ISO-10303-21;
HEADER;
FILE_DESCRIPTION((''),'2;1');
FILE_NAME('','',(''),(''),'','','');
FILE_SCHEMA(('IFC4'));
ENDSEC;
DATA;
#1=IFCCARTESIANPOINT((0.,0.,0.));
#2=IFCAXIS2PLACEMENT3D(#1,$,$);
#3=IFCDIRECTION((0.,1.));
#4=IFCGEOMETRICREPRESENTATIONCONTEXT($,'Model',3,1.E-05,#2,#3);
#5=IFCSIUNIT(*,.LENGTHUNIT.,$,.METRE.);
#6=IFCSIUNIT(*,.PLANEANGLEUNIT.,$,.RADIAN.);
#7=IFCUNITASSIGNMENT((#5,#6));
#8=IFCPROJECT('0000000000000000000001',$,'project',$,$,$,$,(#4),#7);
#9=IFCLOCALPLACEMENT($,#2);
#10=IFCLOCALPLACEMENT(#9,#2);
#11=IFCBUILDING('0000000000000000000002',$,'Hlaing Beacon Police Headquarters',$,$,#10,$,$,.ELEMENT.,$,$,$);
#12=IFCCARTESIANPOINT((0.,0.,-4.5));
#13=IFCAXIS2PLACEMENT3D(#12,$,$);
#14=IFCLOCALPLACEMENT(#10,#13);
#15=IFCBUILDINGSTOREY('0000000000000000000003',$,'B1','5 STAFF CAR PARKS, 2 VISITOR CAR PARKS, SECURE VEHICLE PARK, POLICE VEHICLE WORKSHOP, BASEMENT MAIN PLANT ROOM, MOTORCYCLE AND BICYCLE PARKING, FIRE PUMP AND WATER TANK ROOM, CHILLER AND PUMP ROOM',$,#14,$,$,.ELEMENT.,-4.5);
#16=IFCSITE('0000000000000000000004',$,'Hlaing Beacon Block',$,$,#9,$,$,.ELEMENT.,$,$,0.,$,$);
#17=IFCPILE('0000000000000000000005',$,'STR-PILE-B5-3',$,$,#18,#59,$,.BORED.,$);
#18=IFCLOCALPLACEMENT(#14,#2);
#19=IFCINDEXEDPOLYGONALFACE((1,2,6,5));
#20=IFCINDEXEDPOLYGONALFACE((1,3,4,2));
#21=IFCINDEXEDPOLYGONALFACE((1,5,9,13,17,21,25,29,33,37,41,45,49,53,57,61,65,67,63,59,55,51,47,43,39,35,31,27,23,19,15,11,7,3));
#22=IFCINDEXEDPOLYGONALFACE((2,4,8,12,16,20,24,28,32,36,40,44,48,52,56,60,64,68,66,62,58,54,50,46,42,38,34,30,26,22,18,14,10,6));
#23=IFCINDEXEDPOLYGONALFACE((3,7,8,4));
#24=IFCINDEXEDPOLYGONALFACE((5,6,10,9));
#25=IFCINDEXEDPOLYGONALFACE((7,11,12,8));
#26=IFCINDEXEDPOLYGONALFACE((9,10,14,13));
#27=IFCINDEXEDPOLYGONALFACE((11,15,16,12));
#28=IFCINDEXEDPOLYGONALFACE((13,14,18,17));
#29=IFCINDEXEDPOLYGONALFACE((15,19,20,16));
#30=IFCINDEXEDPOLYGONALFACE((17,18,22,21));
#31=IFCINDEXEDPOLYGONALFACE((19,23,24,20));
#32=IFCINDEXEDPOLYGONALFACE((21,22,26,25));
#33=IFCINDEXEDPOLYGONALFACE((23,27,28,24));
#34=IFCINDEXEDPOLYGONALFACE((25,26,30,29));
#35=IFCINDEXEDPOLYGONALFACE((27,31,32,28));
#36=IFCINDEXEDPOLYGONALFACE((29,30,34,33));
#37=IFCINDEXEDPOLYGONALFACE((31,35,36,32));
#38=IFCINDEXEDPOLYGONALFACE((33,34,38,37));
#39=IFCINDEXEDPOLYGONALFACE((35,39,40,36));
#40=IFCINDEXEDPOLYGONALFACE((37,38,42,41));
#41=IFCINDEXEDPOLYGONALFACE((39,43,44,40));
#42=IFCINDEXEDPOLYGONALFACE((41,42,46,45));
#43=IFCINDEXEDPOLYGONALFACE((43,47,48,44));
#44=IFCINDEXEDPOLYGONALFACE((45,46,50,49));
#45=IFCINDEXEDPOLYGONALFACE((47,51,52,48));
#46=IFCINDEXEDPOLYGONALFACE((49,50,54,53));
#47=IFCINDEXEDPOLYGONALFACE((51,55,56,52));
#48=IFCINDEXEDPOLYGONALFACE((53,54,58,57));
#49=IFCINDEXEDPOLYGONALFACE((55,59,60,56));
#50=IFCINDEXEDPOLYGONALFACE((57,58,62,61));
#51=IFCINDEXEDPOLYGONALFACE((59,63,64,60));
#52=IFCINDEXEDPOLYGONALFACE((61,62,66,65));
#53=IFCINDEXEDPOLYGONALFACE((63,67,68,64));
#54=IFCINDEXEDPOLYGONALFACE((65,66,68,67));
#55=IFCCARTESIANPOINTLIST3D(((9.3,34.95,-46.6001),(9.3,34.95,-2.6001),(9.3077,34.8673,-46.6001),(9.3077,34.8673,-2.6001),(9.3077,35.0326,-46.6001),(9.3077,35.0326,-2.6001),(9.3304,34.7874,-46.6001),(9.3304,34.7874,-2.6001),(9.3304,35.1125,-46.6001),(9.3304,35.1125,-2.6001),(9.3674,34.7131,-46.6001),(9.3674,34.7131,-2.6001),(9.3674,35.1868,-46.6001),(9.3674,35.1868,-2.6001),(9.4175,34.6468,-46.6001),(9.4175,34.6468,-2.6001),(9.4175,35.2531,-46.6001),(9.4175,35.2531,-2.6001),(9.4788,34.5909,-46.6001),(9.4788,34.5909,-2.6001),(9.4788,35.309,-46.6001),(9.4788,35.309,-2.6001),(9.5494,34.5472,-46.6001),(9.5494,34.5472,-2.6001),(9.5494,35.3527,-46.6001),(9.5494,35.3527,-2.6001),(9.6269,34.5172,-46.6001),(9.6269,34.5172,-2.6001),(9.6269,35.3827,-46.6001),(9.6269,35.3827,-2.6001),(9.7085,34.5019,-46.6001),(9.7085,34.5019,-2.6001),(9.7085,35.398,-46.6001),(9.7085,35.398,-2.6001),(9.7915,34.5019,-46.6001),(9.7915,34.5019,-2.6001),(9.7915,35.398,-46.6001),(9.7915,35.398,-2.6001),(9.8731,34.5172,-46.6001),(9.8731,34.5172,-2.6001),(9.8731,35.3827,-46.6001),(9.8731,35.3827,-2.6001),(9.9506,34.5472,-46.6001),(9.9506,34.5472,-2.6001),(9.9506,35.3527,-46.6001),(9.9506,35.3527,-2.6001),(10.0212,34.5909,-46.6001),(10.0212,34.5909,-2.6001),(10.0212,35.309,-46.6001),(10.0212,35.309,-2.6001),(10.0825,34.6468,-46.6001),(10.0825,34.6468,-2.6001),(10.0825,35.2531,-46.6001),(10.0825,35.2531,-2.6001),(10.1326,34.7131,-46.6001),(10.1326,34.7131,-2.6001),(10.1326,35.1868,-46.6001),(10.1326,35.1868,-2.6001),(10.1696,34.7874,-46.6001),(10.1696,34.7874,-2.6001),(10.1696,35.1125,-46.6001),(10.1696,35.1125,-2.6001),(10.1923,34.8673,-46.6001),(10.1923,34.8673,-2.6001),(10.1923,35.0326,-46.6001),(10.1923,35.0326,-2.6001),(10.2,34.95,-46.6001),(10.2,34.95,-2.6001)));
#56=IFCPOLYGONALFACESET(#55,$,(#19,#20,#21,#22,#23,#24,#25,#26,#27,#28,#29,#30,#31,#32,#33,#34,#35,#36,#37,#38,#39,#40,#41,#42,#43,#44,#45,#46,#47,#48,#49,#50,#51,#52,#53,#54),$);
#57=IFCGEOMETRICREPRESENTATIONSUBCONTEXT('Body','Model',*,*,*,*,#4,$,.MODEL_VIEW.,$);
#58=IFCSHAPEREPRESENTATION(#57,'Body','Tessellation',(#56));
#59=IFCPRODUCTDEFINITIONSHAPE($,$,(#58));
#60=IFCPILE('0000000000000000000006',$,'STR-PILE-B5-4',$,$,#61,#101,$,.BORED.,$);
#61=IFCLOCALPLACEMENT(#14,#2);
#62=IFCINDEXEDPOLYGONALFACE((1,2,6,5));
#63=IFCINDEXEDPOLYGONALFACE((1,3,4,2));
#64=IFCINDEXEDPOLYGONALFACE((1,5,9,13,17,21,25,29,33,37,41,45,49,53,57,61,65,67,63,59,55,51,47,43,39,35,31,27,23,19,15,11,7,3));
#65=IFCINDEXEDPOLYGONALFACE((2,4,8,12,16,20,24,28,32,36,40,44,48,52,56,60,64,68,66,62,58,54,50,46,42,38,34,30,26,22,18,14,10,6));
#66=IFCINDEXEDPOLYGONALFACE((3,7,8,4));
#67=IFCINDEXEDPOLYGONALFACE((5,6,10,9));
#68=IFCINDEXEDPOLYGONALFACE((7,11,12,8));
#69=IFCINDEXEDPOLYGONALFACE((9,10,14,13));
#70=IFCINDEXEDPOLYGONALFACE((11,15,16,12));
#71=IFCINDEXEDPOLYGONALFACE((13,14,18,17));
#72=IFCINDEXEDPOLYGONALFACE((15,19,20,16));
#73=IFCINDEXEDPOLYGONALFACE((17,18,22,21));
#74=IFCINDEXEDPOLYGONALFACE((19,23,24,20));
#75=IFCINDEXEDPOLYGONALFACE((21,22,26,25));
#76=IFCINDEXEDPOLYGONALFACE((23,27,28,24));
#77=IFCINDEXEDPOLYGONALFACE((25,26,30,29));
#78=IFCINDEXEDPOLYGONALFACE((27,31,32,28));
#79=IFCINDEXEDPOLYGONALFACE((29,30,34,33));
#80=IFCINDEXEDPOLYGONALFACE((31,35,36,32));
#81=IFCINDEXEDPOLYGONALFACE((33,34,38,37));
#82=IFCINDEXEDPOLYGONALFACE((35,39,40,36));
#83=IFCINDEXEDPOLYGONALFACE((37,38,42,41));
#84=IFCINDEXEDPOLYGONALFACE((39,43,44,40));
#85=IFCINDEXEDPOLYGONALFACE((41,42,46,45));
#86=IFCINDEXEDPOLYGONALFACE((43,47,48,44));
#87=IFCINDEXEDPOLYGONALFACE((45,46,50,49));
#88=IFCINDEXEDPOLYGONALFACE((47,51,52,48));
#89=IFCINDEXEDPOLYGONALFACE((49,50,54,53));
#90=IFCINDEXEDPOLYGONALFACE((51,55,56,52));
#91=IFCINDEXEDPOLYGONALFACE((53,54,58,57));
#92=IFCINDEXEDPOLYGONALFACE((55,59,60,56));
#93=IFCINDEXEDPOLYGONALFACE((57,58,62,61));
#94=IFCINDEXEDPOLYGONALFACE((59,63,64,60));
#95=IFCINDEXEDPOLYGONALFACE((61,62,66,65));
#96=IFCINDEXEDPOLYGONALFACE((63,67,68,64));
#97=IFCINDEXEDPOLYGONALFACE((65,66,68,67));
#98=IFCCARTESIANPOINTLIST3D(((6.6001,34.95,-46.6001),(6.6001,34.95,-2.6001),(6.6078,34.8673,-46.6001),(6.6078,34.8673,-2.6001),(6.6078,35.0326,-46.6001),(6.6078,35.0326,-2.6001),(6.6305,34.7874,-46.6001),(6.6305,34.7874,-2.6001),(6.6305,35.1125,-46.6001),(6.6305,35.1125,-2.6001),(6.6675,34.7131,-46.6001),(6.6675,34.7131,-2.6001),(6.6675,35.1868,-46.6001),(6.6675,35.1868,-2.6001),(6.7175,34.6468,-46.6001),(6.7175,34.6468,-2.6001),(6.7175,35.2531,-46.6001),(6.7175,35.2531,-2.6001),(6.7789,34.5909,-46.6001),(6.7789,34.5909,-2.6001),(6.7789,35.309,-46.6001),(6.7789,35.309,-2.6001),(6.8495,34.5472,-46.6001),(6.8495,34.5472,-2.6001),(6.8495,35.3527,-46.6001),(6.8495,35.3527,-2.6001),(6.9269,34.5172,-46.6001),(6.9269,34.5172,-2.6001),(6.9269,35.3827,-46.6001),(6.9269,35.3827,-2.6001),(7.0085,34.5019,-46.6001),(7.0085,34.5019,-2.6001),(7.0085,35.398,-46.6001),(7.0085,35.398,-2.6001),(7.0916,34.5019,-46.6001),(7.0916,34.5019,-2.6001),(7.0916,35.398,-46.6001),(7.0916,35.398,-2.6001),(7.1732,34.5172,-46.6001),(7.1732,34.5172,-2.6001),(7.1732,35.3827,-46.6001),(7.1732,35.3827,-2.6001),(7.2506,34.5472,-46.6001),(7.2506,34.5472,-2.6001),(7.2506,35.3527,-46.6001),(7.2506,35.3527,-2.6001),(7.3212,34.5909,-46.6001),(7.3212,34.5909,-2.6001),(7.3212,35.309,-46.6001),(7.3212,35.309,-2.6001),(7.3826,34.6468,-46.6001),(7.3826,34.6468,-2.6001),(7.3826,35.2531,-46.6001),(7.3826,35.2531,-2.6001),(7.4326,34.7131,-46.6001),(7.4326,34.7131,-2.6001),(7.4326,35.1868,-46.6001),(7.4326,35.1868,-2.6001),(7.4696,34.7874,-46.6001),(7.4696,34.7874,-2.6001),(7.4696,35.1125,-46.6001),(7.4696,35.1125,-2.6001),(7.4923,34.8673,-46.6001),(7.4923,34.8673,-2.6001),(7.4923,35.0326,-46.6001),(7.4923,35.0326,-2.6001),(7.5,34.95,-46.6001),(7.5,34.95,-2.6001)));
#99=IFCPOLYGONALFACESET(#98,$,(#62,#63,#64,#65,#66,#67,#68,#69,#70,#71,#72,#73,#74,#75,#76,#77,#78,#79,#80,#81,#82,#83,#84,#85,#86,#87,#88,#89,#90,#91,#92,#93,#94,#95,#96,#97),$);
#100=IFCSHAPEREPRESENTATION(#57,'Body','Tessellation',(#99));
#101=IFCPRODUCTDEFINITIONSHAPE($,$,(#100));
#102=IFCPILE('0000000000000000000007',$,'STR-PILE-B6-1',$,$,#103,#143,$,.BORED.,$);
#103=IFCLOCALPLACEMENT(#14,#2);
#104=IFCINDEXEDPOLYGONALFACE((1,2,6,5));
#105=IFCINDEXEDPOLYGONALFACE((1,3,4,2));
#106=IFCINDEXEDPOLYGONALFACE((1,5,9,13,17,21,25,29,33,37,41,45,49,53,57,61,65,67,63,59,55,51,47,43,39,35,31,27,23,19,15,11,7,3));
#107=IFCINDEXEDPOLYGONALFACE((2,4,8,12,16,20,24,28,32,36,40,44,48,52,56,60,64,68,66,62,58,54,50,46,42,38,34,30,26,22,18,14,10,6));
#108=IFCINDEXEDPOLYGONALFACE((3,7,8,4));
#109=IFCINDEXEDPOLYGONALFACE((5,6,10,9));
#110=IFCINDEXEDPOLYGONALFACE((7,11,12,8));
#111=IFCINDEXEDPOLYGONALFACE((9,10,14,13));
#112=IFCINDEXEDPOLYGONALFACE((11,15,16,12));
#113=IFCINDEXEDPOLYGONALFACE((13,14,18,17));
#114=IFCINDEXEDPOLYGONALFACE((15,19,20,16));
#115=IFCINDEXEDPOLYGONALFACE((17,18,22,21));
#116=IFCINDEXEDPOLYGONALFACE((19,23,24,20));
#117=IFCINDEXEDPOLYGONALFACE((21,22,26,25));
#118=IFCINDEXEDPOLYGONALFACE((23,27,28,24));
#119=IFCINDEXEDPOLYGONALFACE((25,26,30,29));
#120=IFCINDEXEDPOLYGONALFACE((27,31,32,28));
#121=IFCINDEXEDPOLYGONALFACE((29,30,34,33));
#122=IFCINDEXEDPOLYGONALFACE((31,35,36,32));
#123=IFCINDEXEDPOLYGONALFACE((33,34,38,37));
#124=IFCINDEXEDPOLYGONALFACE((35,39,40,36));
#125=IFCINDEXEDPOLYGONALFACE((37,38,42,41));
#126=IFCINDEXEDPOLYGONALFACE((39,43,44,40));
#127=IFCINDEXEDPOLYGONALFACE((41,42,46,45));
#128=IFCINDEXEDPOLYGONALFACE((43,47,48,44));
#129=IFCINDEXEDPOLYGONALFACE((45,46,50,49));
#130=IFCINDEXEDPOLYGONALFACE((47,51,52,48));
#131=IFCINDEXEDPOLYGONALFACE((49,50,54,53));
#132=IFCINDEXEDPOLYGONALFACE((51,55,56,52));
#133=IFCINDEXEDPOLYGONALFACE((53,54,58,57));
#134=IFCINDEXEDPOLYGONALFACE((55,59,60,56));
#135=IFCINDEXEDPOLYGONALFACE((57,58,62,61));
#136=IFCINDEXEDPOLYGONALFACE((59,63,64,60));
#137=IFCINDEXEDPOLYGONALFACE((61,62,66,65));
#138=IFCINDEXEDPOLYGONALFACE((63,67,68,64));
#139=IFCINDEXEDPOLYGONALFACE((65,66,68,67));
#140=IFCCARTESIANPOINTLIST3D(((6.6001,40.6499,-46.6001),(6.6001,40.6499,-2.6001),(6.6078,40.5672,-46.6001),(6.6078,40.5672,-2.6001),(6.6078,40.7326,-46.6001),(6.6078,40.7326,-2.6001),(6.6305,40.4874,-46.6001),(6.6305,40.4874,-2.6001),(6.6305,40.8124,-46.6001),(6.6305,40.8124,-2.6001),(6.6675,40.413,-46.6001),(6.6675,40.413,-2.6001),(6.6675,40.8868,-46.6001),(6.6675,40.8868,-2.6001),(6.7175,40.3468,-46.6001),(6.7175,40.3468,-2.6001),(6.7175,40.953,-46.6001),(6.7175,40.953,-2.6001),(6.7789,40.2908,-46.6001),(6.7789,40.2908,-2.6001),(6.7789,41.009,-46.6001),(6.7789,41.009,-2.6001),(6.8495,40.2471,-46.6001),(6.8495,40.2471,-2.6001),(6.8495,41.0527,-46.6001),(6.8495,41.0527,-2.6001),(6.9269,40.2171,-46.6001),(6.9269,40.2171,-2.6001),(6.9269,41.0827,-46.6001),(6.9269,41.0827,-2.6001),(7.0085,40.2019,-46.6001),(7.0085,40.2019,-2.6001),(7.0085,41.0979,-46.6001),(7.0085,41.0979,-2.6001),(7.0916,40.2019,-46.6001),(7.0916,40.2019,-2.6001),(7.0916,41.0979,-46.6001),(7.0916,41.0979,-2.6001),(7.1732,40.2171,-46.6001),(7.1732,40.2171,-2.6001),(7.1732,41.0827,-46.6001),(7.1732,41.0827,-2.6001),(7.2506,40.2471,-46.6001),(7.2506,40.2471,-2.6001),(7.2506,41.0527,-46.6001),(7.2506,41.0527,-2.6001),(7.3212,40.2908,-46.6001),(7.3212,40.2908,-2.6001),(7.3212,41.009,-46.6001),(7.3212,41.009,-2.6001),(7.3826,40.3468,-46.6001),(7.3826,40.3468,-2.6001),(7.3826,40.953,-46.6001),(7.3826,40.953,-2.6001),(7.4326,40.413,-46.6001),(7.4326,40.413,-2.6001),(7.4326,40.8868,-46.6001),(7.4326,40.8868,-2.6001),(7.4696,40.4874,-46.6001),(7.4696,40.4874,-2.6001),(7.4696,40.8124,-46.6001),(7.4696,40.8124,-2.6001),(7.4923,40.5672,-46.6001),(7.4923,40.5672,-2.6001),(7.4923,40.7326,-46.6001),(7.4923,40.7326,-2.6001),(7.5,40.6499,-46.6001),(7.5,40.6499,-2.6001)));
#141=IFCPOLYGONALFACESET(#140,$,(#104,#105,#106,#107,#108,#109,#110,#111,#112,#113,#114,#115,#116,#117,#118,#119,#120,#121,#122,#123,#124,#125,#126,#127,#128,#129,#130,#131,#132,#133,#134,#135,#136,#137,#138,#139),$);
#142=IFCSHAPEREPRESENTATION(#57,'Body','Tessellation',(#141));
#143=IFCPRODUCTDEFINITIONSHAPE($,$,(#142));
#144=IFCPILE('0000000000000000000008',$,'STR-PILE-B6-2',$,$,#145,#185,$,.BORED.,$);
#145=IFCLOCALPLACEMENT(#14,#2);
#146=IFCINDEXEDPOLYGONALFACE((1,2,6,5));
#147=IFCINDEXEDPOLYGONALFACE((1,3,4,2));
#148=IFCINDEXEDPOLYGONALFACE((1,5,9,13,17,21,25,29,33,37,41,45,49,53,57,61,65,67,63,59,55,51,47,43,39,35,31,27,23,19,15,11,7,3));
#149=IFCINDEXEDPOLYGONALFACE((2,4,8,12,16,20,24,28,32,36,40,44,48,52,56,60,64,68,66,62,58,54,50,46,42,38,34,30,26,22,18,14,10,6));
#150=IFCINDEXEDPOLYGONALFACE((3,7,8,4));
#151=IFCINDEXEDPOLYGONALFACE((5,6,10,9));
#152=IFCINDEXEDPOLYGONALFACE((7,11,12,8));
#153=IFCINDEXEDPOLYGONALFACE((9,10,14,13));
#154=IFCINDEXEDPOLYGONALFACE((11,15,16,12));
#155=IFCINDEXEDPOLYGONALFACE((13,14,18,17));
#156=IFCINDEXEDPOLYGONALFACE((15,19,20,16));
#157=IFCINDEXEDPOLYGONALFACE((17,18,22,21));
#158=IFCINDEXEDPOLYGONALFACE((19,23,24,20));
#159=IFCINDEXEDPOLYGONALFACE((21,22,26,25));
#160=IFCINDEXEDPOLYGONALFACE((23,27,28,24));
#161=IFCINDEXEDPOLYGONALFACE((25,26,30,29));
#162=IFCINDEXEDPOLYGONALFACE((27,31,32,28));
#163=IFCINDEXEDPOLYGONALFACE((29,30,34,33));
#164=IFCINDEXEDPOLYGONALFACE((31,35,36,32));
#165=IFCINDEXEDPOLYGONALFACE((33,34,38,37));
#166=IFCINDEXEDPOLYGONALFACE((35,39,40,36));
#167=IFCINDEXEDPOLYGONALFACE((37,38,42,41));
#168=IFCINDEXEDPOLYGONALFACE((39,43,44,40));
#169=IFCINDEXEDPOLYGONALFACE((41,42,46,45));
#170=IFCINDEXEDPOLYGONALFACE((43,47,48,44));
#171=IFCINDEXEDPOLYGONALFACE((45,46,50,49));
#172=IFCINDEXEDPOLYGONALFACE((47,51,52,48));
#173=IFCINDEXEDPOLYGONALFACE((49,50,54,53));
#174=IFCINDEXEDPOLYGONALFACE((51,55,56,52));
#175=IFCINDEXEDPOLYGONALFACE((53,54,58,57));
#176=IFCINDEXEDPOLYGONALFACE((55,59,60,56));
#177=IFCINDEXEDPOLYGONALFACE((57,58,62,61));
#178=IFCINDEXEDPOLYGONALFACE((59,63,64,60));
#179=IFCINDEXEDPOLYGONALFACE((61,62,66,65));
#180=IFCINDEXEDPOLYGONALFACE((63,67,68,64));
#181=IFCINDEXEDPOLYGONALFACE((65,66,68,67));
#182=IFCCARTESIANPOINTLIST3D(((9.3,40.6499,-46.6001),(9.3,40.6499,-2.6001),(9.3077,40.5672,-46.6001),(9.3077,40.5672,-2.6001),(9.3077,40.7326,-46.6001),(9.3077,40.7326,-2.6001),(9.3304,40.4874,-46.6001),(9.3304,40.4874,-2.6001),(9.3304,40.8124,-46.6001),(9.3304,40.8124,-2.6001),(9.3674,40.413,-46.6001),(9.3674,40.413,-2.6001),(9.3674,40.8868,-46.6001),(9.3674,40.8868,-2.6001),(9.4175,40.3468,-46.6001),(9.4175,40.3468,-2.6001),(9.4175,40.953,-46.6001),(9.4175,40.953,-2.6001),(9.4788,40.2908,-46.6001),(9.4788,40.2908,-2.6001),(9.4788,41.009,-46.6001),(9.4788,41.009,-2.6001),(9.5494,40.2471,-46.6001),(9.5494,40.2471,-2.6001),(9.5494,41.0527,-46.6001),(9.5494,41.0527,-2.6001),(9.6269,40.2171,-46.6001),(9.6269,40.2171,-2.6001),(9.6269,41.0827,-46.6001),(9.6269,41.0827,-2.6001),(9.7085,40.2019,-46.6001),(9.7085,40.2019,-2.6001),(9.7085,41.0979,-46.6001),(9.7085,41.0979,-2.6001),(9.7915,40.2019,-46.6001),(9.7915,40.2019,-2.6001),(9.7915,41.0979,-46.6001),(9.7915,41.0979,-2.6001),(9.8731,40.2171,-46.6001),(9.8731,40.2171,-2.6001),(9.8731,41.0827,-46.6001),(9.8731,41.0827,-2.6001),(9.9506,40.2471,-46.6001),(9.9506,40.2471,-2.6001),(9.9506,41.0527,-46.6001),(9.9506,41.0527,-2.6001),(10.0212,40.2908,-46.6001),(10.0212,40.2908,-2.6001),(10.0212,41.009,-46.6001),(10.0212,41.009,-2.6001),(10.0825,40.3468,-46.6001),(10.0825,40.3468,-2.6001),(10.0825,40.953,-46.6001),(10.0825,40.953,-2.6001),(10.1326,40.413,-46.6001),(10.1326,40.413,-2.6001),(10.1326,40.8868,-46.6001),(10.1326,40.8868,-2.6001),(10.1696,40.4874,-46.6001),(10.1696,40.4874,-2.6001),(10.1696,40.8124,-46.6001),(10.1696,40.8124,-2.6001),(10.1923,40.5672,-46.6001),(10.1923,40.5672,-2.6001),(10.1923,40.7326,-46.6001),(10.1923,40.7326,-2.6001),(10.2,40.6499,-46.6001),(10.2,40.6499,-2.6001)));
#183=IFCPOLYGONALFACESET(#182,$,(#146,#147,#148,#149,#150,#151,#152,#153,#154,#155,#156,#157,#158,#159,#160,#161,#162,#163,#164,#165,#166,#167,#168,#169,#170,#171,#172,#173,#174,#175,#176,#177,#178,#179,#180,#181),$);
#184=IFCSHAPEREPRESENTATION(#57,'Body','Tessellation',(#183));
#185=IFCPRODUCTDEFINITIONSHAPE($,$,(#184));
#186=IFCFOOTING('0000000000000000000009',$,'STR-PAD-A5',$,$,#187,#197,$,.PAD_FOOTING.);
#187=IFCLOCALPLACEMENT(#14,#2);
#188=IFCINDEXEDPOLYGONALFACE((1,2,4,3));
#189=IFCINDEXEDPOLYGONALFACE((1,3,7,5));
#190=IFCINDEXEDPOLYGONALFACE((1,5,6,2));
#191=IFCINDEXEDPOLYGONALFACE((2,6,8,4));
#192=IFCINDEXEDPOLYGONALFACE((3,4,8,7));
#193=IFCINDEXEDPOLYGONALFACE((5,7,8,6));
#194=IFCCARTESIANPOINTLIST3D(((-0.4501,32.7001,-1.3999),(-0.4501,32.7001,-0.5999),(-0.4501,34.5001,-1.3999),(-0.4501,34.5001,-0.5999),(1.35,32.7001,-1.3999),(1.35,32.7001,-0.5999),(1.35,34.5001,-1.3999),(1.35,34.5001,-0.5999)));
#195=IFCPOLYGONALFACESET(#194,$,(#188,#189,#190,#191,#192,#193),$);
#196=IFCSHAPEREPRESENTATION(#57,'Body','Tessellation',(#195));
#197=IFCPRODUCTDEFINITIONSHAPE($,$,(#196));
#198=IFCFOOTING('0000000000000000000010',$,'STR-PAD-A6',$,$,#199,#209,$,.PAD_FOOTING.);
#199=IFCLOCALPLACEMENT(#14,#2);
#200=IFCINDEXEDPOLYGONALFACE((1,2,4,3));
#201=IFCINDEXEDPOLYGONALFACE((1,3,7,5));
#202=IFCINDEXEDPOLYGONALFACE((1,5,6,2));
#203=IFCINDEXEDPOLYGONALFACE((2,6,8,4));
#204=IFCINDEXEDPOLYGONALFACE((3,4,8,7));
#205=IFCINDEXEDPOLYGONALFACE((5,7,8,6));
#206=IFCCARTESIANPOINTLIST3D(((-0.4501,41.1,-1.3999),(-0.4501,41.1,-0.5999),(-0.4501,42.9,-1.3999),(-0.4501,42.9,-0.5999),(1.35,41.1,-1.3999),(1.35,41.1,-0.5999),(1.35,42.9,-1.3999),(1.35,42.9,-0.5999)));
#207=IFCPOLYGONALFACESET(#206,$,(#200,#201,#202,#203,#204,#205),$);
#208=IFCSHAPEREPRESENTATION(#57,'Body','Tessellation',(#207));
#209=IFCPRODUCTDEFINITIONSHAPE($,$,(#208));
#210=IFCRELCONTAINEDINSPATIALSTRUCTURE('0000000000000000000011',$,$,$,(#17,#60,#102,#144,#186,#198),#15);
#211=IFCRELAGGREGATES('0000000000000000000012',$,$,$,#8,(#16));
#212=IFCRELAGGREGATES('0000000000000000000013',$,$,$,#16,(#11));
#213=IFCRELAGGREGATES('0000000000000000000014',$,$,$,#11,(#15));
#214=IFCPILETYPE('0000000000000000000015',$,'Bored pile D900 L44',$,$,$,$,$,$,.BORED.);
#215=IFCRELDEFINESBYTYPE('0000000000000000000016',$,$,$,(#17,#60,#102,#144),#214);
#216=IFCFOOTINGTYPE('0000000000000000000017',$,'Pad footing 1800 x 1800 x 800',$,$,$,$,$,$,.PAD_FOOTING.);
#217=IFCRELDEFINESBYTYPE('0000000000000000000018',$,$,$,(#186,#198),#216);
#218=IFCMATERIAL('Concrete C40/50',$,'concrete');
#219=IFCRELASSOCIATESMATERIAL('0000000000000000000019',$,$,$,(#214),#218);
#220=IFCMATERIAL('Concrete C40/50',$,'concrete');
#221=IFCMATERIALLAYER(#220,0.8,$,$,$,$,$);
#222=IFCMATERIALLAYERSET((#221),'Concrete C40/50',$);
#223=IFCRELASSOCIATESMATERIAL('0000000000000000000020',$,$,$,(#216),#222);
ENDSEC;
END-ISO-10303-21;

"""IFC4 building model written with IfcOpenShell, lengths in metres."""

from ifc_helpers import new_model, si_unit, direction, frame, origin, origin_2d, place, context, subcontext, project, spatial, rectangle, circle, extrude, material, layer, layer_set, material_profile, profile_set, type_object, element, save


model = new_model("IFC4")

# Units and contexts
model_context = context("Model", 3, precision=1e-05, world=origin(), true_north=direction((0.0, 1.0)))
body_context = subcontext(model_context, "Body", "Model", "MODEL_VIEW")
ifc_project = project(units=[si_unit("LENGTHUNIT", "METRE"), si_unit("PLANEANGLEUNIT", "RADIAN")], contexts=[model_context])

# Site, building, storey
site_placement = place(None, origin())
site = spatial("IfcSite", under=ifc_project, at=site_placement, Name="Hlaing Beacon Block", CompositionType="ELEMENT", RefElevation=0.0)
building_placement = place(site_placement, origin())
building = spatial("IfcBuilding", under=site, at=building_placement, Name="Hlaing Beacon Police Headquarters", CompositionType="ELEMENT")
storey_placement = place(building_placement, frame((0.0, 0.0, -4.5)))
storey = spatial("IfcBuildingStorey", under=building, at=storey_placement, Name="B1", Description="5 STAFF CAR PARKS, 2 VISITOR CAR PARKS, SECURE VEHICLE PARK, POLICE VEHICLE WORKSHOP, BASEMENT MAIN PLANT ROOM, MOTORCYCLE AND BICYCLE PARKING, FIRE PUMP AND WATER TANK ROOM, CHILLER AND PUMP ROOM", CompositionType="ELEMENT", Elevation=-4.5)

# Piles
ifc_material_1 = material(Name="Concrete C40/50", Category="concrete")
ifc_material_profile_1 = material_profile(ifc_material_1, circle(Radius=0.45, at=origin_2d()), Name="D900")
ifc_profile_set_1 = profile_set([ifc_material_profile_1], Name="Concrete C40/50")
pile_type_1 = type_object("IfcPileType", Name="Bored pile D900 L44", PredefinedType="BORED", material=ifc_profile_set_1)
for number, where, z_axis, x_axis, name in (
    (1, (9.75, 34.95, -2.6001), (0.0, 0.0, -1.0), (1.0, 0.0, 0.0), "STR-PILE-B5-3"),
    (2, (7.05, 34.95, -2.6001), (0.0, 0.0, -1.0), (1.0, 0.0, 0.0), "STR-PILE-B5-4"),
    (3, (7.05, 40.6499, -2.6001), (0.0, 0.0, -1.0), (1.0, 0.0, 0.0), "STR-PILE-B6-1"),
    (4, (9.75, 40.6499, -2.6001), (0.0, 0.0, -1.0), (1.0, 0.0, 0.0), "STR-PILE-B6-2"),
):
    element("IfcPile", number, at=place(storey_placement, frame(where, z_axis=z_axis, x_axis=x_axis)), inside=storey, type_object=pile_type_1, Name=name, PredefinedType="BORED", context=body_context, shape_type="SweptSolid", body=[
        extrude(circle(Radius=0.45, at=origin_2d()), origin(), (0.0, 0.0, 1.0), 44.0),
    ])

# Footings
ifc_material_2 = material(Name="Concrete C40/50", Category="concrete")
ifc_layer_1 = layer(ifc_material_2, 0.8)
ifc_layer_set_1 = layer_set([ifc_layer_1], Name="Concrete C40/50")
footing_type_1 = type_object("IfcFootingType", Name="Pad footing 1800 x 1800 x 800", PredefinedType="PAD_FOOTING", material=ifc_layer_set_1)
for number, where, z_axis, x_axis, name in (
    (5, (0.45, 33.6001, -1.3999), (0.0, 0.0, 1.0), (1.0, 0.0, 0.0), "STR-PAD-A5"),
    (6, (0.45, 42.0, -1.3999), (0.0, 0.0, 1.0), (1.0, 0.0, 0.0), "STR-PAD-A6"),
):
    element("IfcFooting", number, at=place(storey_placement, frame(where, z_axis=z_axis, x_axis=x_axis)), inside=storey, type_object=footing_type_1, Name=name, PredefinedType="PAD_FOOTING", context=body_context, shape_type="SweptSolid", body=[
        extrude(rectangle(XDim=1.8, YDim=1.8, at=origin_2d()), origin(), (0.0, 0.0, 1.0), 0.8),
    ])

save(model, "model.ifc")
